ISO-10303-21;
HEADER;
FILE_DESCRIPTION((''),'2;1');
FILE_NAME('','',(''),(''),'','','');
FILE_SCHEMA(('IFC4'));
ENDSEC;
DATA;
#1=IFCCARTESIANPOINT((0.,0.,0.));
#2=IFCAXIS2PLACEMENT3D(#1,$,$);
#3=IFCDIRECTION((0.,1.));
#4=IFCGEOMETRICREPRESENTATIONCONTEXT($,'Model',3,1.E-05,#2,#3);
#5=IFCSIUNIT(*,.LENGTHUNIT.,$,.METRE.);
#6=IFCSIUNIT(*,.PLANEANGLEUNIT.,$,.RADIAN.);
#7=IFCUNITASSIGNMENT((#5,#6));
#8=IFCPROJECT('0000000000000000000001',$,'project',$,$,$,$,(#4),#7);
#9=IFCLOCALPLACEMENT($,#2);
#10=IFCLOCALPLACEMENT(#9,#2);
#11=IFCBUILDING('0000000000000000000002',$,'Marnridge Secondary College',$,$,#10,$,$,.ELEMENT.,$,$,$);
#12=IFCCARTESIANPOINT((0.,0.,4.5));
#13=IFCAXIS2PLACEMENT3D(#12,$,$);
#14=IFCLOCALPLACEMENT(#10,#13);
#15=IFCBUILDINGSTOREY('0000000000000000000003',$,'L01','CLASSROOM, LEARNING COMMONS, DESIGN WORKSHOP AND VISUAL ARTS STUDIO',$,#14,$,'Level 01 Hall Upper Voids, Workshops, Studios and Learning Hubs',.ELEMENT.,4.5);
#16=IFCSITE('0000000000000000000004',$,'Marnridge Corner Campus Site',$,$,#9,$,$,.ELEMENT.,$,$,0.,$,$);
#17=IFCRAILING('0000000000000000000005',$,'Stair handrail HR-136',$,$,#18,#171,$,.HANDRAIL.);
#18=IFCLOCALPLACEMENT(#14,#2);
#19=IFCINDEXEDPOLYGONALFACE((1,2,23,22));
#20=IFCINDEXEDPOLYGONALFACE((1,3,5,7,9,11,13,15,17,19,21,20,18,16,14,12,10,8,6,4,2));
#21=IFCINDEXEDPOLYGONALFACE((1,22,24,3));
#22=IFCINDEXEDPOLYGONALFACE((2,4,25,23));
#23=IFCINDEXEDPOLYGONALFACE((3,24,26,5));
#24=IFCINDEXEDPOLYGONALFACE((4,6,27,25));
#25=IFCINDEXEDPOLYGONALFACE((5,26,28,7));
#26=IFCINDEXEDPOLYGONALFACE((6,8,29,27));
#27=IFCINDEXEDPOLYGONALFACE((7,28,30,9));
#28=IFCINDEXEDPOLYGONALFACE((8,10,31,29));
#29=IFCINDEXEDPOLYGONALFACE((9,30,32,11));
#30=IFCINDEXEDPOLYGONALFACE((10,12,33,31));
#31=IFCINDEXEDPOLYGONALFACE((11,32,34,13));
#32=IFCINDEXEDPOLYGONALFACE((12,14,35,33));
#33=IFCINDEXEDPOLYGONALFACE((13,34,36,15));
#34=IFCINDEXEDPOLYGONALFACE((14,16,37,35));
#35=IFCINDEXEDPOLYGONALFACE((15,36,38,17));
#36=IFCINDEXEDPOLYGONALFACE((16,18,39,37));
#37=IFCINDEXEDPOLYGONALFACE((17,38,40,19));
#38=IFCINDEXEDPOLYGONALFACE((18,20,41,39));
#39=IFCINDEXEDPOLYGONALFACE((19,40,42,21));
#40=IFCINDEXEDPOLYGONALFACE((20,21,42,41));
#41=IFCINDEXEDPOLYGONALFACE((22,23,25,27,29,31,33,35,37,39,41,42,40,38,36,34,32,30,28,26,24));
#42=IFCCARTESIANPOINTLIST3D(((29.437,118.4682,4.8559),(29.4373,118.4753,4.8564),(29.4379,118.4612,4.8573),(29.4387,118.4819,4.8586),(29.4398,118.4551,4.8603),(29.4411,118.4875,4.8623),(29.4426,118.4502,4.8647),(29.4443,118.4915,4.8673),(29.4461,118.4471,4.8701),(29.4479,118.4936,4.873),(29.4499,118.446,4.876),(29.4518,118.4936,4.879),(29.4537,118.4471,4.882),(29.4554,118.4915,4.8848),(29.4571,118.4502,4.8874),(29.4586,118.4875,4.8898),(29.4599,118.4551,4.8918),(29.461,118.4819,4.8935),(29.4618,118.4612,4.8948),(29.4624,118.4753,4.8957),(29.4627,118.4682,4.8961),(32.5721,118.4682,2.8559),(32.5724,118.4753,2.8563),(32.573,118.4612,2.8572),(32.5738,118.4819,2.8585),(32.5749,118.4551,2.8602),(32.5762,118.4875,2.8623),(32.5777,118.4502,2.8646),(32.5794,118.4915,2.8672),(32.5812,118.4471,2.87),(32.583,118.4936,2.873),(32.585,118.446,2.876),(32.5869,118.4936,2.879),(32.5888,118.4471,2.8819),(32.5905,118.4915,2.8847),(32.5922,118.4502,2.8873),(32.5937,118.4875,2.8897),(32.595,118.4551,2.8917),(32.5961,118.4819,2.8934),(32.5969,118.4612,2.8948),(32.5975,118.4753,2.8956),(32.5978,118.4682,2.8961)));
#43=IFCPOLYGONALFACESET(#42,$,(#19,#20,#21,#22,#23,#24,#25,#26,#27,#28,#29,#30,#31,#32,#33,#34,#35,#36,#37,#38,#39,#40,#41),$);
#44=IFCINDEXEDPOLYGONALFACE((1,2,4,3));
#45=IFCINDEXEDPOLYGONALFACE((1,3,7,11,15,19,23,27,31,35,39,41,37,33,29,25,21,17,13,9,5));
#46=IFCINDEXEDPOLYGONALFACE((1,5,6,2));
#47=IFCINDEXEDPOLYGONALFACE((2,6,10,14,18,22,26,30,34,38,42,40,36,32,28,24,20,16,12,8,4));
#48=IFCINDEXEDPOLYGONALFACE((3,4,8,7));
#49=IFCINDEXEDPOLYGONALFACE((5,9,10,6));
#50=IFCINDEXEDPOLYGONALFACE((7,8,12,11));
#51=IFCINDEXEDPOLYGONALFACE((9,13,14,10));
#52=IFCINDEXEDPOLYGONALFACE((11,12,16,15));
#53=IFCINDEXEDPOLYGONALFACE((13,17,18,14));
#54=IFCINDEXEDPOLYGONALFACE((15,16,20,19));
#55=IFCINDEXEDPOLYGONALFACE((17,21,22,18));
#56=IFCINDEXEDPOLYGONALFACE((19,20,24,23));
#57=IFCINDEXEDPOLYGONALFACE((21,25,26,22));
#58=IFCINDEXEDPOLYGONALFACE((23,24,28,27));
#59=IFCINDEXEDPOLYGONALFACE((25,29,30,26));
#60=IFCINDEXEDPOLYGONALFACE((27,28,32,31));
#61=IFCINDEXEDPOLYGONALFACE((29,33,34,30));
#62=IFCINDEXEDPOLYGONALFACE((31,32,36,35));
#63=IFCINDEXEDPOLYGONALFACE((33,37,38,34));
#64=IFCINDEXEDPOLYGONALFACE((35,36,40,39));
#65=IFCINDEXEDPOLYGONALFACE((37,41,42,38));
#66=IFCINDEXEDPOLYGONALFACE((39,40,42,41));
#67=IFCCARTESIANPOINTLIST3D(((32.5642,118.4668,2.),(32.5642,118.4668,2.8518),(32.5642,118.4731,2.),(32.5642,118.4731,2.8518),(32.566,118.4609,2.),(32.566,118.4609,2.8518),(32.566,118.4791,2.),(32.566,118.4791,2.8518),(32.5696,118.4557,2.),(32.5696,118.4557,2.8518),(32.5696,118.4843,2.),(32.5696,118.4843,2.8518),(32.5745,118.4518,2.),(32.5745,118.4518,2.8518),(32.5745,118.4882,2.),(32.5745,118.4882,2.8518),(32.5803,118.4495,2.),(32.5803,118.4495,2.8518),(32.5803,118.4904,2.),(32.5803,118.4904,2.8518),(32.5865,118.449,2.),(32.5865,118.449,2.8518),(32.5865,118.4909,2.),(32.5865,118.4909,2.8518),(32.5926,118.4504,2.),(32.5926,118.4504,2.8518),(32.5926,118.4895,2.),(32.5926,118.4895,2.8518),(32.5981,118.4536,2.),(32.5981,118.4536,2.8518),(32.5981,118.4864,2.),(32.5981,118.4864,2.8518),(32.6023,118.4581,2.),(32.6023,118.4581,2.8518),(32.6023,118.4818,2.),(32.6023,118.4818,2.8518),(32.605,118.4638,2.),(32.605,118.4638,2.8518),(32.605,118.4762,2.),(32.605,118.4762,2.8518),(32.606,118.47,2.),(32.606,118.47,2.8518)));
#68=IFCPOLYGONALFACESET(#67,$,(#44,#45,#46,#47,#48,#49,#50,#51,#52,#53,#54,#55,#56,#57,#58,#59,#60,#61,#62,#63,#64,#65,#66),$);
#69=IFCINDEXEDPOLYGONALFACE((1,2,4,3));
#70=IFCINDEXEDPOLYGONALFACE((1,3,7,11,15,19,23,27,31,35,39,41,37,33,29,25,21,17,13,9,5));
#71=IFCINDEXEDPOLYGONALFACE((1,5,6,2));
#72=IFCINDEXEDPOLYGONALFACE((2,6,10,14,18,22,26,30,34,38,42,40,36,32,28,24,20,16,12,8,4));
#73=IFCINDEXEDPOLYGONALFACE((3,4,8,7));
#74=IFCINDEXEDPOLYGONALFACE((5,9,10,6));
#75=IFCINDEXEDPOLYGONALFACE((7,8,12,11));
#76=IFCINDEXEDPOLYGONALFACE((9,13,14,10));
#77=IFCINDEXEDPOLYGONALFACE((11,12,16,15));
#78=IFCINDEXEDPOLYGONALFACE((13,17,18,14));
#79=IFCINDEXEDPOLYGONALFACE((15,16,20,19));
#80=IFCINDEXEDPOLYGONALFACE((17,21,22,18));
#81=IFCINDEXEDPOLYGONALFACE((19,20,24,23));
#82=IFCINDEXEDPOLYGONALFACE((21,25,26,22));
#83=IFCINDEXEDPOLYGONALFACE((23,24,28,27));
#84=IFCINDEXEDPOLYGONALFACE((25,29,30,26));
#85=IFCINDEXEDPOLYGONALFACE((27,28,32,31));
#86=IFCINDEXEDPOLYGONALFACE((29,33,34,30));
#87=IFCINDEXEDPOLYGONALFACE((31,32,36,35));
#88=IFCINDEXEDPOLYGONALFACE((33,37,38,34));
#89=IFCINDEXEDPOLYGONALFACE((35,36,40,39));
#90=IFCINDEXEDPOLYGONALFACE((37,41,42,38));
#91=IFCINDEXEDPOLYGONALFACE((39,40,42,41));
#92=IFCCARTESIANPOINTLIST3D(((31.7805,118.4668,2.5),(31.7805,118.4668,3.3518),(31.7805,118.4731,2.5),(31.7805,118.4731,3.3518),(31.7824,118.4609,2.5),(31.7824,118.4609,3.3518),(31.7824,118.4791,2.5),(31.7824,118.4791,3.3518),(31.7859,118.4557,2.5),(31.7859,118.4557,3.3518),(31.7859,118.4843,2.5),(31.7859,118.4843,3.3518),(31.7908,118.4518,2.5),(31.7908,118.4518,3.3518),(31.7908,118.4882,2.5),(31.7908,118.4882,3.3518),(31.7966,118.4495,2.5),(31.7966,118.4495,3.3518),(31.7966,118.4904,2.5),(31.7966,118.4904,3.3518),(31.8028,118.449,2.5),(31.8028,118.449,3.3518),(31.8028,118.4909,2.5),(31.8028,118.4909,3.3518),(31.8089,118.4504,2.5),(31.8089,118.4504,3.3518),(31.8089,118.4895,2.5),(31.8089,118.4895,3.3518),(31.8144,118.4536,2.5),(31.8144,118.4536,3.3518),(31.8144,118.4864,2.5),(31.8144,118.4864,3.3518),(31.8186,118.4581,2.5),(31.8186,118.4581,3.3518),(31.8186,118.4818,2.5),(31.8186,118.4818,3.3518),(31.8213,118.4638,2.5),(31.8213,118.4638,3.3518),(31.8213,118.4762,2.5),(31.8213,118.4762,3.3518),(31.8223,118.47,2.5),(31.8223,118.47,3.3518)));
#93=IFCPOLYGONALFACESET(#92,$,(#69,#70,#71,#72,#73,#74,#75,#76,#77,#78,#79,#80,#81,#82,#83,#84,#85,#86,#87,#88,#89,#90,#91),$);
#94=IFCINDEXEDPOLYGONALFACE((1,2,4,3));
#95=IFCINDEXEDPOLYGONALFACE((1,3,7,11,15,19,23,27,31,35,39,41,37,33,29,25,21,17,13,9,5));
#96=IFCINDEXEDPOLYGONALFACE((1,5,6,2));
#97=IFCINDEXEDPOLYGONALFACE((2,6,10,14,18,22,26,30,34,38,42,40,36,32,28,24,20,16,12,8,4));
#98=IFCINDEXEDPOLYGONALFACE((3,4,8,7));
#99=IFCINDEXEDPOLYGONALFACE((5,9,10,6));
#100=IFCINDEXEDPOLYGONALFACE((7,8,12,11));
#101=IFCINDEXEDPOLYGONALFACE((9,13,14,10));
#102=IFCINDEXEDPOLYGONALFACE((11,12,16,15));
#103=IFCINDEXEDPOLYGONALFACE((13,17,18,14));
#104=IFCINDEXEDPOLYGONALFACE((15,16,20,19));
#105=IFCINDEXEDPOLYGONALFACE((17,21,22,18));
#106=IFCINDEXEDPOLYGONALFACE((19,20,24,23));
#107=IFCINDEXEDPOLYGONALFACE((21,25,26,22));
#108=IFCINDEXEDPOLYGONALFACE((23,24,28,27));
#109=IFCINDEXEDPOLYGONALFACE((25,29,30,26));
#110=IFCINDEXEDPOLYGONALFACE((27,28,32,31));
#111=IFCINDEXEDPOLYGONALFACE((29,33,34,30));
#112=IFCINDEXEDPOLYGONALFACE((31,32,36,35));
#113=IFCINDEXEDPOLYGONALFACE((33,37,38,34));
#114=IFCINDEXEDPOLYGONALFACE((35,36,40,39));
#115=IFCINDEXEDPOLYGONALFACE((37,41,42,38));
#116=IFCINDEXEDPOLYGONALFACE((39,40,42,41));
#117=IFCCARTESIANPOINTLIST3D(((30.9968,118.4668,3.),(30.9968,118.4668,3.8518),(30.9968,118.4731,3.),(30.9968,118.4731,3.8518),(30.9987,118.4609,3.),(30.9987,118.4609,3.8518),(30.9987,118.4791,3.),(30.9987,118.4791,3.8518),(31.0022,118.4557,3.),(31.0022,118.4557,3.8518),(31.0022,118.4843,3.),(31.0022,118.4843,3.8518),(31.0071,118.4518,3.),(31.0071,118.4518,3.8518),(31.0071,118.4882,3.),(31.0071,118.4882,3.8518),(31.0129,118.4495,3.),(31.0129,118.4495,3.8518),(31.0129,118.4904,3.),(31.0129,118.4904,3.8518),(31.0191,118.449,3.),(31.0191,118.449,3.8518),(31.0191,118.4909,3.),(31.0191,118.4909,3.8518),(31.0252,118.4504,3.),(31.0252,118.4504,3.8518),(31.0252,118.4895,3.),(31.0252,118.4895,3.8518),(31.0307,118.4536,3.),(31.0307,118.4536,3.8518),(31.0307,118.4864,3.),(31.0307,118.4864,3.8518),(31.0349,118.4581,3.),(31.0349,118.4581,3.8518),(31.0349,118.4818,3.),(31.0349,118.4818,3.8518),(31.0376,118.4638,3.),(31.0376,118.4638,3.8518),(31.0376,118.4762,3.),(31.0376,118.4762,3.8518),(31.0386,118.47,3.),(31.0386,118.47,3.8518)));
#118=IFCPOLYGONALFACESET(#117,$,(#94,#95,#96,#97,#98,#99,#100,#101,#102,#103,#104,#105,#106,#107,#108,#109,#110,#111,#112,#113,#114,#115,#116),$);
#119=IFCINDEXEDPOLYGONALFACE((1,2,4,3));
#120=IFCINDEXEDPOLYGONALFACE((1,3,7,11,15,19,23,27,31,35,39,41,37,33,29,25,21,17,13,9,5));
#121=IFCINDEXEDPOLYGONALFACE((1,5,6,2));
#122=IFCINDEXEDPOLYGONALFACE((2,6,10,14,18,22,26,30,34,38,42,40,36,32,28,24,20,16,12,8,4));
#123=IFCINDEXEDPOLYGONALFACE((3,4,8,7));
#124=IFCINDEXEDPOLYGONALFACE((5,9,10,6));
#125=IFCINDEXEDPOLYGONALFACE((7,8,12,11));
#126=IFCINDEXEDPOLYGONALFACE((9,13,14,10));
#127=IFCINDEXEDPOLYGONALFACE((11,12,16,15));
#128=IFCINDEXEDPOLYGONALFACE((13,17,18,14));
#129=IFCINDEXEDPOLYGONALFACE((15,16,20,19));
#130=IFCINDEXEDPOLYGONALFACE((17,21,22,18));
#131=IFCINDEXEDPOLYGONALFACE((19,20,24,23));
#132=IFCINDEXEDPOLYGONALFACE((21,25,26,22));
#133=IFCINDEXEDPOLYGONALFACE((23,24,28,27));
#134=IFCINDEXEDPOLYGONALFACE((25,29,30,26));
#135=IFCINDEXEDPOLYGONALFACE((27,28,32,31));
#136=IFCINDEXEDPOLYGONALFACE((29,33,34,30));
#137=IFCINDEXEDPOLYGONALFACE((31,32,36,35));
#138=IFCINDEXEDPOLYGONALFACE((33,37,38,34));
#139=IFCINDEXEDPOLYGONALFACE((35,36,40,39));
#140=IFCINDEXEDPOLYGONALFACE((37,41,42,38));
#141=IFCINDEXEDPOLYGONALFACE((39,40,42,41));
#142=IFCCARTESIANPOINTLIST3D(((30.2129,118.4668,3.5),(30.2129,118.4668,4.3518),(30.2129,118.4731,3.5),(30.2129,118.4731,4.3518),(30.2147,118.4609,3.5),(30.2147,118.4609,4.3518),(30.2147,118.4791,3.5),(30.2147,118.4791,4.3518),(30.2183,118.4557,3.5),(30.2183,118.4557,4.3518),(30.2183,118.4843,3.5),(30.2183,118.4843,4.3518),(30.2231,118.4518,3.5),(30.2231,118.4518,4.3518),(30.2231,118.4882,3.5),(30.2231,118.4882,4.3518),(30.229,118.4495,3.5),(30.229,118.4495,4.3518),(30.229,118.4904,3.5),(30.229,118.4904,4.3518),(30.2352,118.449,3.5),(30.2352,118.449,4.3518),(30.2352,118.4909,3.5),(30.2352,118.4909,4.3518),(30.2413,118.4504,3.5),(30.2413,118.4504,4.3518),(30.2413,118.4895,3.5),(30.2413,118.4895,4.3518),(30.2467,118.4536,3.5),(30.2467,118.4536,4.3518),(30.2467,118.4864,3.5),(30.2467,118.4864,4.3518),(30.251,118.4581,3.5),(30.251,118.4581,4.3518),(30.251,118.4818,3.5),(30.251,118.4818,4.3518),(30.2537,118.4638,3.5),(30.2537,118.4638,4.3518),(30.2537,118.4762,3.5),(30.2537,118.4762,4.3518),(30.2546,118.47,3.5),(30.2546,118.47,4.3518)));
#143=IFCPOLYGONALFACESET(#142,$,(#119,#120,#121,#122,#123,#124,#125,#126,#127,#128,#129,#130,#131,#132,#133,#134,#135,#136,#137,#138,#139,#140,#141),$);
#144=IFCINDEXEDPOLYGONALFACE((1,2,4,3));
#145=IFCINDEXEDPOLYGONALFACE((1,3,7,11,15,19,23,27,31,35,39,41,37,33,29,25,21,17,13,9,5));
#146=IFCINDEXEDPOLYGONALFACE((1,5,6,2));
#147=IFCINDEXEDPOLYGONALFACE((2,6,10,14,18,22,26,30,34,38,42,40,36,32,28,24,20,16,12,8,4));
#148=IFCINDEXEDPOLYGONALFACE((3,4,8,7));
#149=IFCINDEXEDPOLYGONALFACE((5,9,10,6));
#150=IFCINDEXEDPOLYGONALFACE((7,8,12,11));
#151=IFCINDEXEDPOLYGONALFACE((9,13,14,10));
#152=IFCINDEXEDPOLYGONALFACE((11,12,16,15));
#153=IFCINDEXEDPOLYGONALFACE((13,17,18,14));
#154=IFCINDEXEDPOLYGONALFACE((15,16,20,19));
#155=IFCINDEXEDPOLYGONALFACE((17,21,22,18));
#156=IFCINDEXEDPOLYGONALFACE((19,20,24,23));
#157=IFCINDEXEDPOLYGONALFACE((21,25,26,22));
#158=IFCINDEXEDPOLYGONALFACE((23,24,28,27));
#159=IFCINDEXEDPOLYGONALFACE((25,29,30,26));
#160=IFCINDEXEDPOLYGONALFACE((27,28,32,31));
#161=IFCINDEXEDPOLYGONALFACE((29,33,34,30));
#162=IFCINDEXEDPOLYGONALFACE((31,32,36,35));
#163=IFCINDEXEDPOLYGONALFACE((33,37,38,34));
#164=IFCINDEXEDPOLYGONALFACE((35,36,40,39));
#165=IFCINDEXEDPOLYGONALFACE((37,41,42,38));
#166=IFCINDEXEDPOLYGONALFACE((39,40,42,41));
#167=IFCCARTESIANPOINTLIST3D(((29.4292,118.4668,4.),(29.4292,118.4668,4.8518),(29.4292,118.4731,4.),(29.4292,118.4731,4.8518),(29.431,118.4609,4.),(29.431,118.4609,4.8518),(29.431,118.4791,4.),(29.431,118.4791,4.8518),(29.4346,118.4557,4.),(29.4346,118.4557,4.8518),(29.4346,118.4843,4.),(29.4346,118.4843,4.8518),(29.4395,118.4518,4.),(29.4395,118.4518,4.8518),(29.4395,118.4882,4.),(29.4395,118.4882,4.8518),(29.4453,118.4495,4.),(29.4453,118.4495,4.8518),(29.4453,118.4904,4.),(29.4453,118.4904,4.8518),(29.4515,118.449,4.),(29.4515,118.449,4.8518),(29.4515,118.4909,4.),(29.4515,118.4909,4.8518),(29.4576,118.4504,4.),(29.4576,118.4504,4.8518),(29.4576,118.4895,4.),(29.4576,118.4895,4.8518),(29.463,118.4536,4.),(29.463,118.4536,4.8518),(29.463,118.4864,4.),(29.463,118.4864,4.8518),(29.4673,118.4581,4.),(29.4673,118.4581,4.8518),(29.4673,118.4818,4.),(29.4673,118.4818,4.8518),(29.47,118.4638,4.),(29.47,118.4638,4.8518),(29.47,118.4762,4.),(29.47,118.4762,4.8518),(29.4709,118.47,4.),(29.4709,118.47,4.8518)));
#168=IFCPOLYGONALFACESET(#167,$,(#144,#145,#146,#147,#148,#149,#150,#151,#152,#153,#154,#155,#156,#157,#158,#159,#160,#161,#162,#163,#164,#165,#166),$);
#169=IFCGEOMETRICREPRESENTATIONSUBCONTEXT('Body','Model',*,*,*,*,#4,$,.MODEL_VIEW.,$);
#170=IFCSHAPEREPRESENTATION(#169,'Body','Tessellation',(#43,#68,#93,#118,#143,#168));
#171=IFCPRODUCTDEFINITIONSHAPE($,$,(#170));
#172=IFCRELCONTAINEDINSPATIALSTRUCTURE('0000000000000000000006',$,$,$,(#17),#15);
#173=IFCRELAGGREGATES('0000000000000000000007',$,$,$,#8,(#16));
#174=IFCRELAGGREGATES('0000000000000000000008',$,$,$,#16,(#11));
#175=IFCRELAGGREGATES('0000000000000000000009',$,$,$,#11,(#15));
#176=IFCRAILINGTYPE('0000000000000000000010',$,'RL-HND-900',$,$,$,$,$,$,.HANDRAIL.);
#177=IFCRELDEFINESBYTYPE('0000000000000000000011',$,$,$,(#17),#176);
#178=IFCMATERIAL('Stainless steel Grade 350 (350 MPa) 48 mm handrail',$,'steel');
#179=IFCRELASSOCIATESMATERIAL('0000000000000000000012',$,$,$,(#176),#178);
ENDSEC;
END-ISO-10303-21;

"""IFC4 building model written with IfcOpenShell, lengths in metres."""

from ifc_helpers import new_model, si_unit, direction, frame, origin, origin_2d, place, context, subcontext, project, spatial, circle, extrude, material, type_object, element, save


model = new_model("IFC4")

# Units and contexts
model_context = context("Model", 3, precision=1e-05, world=origin(), true_north=direction((0.0, 1.0)))
body_context = subcontext(model_context, "Body", "Model", "MODEL_VIEW")
ifc_project = project(units=[si_unit("LENGTHUNIT", "METRE"), si_unit("PLANEANGLEUNIT", "RADIAN")], contexts=[model_context])

# Site, building, storey
site_placement = place(None, origin())
site = spatial("IfcSite", under=ifc_project, at=site_placement, Name="Marnridge Corner Campus Site", CompositionType="ELEMENT", RefElevation=0.0)
building_placement = place(site_placement, origin())
building = spatial("IfcBuilding", under=site, at=building_placement, Name="Marnridge Secondary College", CompositionType="ELEMENT")
storey_placement = place(building_placement, frame((0.0, 0.0, 4.5)))
storey = spatial("IfcBuildingStorey", under=building, at=storey_placement, Name="L01", Description="CLASSROOM, LEARNING COMMONS, DESIGN WORKSHOP AND VISUAL ARTS STUDIO", LongName="Level 01 Hall Upper Voids, Workshops, Studios and Learning Hubs", CompositionType="ELEMENT", Elevation=4.5)

# Railing
ifc_material_1 = material(Name="Stainless steel Grade 350 (350 MPa) 48 mm handrail", Category="steel")
railing_type_1 = type_object("IfcRailingType", Name="RL-HND-900", PredefinedType="HANDRAIL", material=ifc_material_1)
for number, where, name in (
    (1, (32.585, 118.47, 2.0), "Stair handrail HR-136"),
):
    element("IfcRailing", number, at=place(storey_placement, frame(where)), inside=storey, type_object=railing_type_1, Name=name, PredefinedType="HANDRAIL", context=body_context, shape_type="SweptSolid", body=[
        extrude(circle(Radius=0.0239, at=origin_2d()), frame((0.0, 0.0, 0.876), z_axis=(-0.843053, 0.0, 0.537831), x_axis=(0.0, -1.0, 0.0)), (0.0, 0.0, 1.0), 3.7188),
        extrude(circle(Radius=0.021, at=origin_2d()), origin(), (0.0, 0.0, 1.0), 0.8518),
        extrude(circle(Radius=0.021, at=origin_2d()), frame((-0.7837, 0.0, 0.5)), (0.0, 0.0, 1.0), 0.8518),
        extrude(circle(Radius=0.021, at=origin_2d()), frame((-1.5674, 0.0, 1.0)), (0.0, 0.0, 1.0), 0.8518),
        extrude(circle(Radius=0.021, at=origin_2d()), frame((-2.3513, 0.0, 1.5)), (0.0, 0.0, 1.0), 0.8518),
        extrude(circle(Radius=0.021, at=origin_2d()), frame((-3.135, 0.0, 2.0)), (0.0, 0.0, 1.0), 0.8518),
    ])

save(model, "model.ifc")
